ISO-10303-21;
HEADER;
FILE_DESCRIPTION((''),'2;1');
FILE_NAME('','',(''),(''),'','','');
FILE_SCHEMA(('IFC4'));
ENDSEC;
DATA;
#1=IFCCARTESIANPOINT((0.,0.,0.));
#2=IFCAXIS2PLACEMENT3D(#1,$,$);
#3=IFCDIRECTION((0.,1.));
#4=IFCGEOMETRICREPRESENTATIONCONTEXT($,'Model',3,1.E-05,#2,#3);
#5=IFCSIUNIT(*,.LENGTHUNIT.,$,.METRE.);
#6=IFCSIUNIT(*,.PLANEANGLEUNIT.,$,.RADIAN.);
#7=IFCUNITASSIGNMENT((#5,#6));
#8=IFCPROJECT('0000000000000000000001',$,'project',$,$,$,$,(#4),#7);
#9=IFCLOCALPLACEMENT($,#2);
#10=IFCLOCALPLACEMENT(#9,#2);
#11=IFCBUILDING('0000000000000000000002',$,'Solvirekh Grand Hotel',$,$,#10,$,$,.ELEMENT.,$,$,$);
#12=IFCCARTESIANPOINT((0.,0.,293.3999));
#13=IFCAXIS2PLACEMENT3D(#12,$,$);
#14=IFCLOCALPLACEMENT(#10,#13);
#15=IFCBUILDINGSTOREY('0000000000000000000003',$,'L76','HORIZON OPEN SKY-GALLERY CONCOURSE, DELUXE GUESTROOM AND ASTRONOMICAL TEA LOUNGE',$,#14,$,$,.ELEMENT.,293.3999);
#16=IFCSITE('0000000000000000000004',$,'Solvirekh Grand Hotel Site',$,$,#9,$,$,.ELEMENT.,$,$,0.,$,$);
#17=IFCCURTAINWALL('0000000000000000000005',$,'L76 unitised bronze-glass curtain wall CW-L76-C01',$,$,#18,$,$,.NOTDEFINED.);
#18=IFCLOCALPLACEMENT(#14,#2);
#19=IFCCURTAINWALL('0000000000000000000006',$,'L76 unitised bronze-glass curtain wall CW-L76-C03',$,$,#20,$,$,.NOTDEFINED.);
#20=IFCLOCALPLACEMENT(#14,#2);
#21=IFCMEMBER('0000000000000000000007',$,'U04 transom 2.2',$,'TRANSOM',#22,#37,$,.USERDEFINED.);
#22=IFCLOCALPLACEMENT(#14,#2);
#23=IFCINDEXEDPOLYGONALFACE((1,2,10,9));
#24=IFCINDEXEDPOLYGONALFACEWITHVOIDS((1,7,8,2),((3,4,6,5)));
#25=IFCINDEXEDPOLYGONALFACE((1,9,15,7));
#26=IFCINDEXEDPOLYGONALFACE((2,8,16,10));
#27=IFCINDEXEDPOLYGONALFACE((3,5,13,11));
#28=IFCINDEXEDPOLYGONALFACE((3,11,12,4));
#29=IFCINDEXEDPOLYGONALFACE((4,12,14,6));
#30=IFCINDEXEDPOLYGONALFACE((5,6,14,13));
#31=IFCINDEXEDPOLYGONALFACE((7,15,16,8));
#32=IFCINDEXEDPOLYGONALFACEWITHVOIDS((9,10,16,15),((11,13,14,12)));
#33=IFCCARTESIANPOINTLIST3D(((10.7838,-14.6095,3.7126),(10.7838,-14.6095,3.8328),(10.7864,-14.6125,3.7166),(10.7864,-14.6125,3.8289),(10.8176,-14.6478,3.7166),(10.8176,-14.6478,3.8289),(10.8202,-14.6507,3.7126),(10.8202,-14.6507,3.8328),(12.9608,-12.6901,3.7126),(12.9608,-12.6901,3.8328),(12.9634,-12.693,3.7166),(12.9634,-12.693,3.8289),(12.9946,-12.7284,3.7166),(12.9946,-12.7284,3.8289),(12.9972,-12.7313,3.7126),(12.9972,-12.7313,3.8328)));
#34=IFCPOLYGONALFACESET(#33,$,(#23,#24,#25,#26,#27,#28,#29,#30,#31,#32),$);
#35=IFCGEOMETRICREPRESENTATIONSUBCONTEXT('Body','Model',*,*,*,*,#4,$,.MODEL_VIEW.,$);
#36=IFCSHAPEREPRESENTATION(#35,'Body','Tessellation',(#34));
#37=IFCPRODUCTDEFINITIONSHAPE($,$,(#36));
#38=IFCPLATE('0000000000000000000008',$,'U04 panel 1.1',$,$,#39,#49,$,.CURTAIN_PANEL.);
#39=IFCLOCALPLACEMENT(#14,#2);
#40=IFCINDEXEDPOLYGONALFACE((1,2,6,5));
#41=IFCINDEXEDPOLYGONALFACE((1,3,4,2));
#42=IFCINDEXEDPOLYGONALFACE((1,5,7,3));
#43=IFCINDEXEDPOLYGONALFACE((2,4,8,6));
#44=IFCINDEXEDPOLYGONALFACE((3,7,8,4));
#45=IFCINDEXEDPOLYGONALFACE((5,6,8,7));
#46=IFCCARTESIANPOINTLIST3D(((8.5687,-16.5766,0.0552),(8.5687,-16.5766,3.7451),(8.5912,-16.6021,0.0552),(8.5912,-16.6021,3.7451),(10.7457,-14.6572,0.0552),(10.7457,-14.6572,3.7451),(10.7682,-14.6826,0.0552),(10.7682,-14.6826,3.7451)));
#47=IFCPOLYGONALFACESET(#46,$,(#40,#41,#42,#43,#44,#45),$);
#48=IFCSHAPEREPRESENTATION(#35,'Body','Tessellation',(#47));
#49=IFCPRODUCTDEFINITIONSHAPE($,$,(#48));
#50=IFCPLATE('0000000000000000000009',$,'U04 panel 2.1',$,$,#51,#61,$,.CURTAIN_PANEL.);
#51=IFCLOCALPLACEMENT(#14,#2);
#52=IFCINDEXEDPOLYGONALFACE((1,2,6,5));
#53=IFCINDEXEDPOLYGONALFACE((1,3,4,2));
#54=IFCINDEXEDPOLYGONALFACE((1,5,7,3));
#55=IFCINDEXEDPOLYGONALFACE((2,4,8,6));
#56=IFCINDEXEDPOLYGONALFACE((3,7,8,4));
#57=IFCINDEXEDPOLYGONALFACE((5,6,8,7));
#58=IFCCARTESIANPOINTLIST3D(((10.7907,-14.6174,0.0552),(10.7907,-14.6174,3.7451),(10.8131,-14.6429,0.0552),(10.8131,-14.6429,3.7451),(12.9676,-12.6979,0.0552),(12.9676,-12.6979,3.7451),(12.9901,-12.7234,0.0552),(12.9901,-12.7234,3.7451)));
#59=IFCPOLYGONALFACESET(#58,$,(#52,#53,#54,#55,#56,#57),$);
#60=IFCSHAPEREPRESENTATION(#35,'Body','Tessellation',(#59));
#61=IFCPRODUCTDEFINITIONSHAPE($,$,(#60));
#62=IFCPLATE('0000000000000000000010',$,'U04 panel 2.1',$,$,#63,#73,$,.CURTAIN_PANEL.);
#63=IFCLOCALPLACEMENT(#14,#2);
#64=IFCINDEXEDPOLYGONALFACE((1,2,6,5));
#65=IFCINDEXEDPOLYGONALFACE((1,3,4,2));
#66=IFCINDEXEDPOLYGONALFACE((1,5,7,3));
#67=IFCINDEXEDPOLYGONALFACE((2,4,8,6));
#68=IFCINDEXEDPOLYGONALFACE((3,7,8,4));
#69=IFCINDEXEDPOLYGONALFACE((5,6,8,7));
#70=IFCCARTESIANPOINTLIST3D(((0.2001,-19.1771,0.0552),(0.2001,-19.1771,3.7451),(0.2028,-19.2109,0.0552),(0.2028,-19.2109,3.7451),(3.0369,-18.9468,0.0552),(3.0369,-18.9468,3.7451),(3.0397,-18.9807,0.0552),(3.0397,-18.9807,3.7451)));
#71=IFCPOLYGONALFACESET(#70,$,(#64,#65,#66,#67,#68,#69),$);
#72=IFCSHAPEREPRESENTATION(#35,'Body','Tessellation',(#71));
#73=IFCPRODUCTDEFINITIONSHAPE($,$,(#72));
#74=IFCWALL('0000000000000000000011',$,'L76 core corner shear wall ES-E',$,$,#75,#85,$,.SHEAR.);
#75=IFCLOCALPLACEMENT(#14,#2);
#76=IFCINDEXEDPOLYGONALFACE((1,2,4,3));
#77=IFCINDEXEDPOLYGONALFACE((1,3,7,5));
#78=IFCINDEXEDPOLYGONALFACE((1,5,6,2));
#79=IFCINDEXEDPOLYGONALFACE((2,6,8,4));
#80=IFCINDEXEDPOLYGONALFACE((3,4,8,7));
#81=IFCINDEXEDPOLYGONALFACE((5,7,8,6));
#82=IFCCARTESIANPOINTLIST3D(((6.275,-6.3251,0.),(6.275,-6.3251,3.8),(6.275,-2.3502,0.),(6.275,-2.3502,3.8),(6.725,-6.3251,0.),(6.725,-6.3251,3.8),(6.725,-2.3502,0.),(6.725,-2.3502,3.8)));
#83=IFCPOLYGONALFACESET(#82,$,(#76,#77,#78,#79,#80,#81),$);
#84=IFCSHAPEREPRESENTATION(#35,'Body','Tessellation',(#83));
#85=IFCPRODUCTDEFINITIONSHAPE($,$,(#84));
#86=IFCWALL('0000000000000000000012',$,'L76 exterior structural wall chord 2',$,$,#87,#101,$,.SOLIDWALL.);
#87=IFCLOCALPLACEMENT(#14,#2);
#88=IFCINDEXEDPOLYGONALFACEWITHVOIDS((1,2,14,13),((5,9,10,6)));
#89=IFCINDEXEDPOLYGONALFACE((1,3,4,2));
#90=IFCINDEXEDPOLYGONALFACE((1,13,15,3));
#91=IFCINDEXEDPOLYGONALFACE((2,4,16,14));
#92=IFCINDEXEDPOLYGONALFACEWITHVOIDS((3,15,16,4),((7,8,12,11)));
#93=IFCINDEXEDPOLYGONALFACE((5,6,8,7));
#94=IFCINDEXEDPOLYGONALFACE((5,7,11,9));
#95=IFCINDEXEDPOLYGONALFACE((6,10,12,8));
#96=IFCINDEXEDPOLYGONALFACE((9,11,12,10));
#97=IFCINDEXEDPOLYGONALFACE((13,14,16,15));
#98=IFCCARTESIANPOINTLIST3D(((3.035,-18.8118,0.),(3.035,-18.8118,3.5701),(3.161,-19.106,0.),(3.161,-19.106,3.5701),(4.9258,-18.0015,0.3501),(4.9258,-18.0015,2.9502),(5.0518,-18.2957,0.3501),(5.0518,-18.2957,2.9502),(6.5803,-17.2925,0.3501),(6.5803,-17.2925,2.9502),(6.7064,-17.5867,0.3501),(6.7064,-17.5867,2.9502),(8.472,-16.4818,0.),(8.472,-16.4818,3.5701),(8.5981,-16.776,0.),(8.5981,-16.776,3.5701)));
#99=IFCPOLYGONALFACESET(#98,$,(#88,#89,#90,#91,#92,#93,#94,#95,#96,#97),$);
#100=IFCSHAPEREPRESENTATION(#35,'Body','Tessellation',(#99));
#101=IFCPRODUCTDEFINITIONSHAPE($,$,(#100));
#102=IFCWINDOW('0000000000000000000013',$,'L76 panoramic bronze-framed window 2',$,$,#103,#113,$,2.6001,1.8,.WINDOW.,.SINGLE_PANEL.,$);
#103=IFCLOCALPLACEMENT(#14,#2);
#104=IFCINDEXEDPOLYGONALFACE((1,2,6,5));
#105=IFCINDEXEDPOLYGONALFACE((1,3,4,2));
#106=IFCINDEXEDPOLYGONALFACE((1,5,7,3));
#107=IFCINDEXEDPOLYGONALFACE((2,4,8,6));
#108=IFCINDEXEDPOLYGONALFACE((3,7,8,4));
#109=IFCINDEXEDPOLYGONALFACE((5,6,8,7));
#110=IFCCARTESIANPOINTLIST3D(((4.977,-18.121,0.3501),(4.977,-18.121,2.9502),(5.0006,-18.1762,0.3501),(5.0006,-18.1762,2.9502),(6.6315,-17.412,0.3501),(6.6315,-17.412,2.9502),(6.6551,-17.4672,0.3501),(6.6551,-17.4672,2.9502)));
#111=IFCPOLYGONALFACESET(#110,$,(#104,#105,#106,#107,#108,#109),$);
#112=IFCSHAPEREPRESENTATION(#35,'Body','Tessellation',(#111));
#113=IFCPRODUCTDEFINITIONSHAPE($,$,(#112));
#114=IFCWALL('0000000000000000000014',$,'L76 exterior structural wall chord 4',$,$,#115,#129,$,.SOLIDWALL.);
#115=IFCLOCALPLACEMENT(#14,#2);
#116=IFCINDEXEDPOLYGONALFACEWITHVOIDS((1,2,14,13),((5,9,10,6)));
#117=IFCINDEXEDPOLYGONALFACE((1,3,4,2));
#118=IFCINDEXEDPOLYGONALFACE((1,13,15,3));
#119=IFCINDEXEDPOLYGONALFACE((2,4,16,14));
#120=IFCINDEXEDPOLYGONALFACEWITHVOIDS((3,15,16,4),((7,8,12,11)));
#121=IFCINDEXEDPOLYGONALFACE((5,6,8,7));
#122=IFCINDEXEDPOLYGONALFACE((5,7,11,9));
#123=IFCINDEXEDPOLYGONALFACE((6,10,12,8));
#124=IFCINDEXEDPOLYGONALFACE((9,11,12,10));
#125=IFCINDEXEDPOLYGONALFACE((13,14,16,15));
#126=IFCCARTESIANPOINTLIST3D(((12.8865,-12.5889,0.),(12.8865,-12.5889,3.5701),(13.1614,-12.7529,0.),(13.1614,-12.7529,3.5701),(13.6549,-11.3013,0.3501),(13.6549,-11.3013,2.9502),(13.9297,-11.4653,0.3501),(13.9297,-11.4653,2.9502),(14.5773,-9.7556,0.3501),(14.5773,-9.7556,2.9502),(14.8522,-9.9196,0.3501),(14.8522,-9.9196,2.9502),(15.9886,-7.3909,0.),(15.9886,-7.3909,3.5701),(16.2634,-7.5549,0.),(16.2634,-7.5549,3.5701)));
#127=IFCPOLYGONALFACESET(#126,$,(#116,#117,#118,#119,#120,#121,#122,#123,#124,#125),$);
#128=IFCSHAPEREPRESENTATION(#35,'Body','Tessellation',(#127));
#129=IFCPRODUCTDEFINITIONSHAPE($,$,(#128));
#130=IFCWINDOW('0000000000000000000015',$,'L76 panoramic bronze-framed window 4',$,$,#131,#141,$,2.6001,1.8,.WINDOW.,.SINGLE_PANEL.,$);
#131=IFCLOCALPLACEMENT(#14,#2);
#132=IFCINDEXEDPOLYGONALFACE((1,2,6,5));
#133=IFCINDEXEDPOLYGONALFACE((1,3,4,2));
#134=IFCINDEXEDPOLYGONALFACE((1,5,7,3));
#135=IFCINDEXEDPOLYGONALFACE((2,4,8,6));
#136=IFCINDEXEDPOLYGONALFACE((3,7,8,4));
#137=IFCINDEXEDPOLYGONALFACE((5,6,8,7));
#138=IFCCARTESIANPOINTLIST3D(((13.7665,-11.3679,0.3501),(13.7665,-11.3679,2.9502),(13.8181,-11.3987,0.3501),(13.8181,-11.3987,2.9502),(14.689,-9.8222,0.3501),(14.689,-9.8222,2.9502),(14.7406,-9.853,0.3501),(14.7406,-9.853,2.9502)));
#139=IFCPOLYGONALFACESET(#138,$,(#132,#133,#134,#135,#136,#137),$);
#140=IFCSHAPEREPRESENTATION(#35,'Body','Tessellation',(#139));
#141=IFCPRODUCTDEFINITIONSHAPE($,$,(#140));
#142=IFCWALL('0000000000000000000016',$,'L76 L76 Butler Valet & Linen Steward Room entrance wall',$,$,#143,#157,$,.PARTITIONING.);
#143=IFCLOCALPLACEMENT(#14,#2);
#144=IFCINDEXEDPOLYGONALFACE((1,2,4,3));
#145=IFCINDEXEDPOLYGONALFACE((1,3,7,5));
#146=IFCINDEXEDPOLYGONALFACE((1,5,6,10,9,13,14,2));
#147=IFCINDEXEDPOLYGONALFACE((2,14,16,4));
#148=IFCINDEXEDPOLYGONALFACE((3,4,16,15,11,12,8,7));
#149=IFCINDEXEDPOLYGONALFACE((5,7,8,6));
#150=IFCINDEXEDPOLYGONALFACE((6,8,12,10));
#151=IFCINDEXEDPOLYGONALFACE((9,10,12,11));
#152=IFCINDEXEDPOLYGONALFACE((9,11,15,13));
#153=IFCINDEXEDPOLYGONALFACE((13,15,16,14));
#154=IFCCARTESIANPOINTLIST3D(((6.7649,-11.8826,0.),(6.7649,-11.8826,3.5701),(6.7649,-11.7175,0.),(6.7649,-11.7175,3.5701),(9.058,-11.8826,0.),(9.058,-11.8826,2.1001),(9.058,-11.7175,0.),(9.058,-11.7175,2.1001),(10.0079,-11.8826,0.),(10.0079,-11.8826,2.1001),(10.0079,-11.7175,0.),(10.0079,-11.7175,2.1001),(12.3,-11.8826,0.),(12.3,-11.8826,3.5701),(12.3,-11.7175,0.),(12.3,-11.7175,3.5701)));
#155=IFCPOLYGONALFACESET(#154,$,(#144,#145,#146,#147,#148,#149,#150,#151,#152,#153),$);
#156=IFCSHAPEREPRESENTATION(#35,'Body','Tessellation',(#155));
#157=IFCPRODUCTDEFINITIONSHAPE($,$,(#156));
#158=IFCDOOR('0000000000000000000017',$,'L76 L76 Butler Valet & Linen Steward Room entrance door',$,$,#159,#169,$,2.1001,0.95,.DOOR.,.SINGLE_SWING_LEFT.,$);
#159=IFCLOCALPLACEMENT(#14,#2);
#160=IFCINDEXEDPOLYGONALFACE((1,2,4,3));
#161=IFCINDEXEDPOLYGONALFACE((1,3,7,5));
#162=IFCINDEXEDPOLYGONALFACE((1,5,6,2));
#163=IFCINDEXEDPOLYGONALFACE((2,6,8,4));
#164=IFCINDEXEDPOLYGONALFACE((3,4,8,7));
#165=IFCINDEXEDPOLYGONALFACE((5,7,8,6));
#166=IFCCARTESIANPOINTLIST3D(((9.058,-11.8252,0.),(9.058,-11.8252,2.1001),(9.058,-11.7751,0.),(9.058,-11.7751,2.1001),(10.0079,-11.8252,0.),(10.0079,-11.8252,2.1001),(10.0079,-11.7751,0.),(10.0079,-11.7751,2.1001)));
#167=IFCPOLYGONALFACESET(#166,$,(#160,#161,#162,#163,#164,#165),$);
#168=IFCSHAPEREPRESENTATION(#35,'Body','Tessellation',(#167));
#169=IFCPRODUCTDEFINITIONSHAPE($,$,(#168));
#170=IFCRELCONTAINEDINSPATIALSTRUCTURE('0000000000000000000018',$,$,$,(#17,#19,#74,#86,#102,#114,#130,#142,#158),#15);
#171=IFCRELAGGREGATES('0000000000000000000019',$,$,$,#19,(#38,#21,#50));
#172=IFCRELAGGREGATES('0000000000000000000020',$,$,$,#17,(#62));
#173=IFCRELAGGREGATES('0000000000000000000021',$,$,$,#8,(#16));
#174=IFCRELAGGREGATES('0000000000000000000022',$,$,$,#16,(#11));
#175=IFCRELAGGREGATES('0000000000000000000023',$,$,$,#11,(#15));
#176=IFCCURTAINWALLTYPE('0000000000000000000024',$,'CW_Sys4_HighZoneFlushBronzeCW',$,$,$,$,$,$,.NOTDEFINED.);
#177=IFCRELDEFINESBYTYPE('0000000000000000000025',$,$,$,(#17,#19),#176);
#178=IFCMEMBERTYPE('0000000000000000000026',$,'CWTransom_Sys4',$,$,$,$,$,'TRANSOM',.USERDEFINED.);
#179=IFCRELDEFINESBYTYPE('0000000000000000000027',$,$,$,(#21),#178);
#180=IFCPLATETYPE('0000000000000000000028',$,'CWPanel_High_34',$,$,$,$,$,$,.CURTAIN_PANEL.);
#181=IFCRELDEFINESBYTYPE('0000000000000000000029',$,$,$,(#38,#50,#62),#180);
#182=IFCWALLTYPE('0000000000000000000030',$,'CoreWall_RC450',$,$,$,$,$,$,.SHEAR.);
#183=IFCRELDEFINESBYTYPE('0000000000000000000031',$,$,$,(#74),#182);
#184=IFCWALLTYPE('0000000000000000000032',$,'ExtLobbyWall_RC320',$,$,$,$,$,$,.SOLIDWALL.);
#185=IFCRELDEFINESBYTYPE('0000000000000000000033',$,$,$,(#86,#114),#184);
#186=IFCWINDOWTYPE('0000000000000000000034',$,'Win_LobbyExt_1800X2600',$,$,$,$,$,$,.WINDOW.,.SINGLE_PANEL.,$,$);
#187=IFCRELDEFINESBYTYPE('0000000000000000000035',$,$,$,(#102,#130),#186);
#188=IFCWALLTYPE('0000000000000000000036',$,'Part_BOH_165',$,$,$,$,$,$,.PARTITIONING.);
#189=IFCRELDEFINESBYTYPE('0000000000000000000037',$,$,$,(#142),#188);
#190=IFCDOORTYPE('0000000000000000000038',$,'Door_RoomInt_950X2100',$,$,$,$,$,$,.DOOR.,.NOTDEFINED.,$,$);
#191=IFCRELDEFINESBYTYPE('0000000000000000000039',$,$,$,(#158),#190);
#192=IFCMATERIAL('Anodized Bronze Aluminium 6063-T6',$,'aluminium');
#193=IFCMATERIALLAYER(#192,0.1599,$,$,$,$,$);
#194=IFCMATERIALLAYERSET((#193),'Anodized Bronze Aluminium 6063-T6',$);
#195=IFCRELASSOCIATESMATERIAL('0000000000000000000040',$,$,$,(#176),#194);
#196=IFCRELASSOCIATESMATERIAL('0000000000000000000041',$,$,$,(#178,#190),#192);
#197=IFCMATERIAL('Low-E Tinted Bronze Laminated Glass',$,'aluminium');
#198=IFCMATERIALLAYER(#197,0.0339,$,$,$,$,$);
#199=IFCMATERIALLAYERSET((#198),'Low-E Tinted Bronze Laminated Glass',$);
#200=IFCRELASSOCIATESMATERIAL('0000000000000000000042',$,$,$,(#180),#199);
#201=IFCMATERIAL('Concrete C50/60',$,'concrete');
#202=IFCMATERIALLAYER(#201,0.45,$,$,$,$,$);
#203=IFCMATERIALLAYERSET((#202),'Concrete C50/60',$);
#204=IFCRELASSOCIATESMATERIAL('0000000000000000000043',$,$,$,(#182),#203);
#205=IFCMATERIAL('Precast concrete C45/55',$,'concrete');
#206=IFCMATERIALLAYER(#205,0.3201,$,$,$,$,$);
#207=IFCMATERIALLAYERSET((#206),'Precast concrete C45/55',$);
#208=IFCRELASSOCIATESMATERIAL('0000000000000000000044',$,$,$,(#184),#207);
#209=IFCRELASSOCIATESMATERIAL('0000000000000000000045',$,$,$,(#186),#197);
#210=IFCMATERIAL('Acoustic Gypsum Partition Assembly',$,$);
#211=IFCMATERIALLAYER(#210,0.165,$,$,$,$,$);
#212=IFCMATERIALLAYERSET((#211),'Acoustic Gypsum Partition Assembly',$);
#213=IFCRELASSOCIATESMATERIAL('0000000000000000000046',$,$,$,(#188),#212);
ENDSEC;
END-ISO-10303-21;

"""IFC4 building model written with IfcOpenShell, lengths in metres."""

from ifc_helpers import new_model, si_unit, direction, frame, frame_2d, origin, origin_2d, place, context, subcontext, project, spatial, rectangle, hollow_rectangle, extrude, source, transform, mapped, material, layer, layer_set, material_profile, profile_set, type_object, element, fill, aggregate, save


model = new_model("IFC4")

# Units and contexts
model_context = context("Model", 3, precision=1e-05, world=origin(), true_north=direction((0.0, 1.0)))
body_context = subcontext(model_context, "Body", "Model", "MODEL_VIEW")
ifc_project = project(units=[si_unit("LENGTHUNIT", "METRE"), si_unit("PLANEANGLEUNIT", "RADIAN")], contexts=[model_context])

# Site, building, storey
site_placement = place(None, origin())
site = spatial("IfcSite", under=ifc_project, at=site_placement, Name="Solvirekh Grand Hotel Site", CompositionType="ELEMENT", RefElevation=0.0)
building_placement = place(site_placement, origin())
building = spatial("IfcBuilding", under=site, at=building_placement, Name="Solvirekh Grand Hotel", CompositionType="ELEMENT")
storey_placement = place(building_placement, frame((0.0, 0.0, 293.3999)))
storey = spatial("IfcBuildingStorey", under=building, at=storey_placement, Name="L76", Description="HORIZON OPEN SKY-GALLERY CONCOURSE, DELUXE GUESTROOM AND ASTRONOMICAL TEA LOUNGE", CompositionType="ELEMENT", Elevation=293.3999)

# Shared definitions
ifc_material_1 = material(Name="Concrete C50/60", Category="concrete")

# Curtain walls
ifc_material_2 = material(Name="Anodized Bronze Aluminium 6063-T6", Category="aluminium")
ifc_layer_1 = layer(ifc_material_2, 0.1599)
ifc_layer_set_1 = layer_set([ifc_layer_1], Name="Anodized Bronze Aluminium 6063-T6")
curtain_wall_type = type_object("IfcCurtainWallType", Name="CW_Sys4_HighZoneFlushBronzeCW", PredefinedType="NOTDEFINED", material=ifc_layer_set_1)
curtain_wall_1_placement = place(storey_placement, origin())
curtain_wall_1 = element("IfcCurtainWall", 1, at=curtain_wall_1_placement, inside=storey, type_object=curtain_wall_type, Name="L76 unitised bronze-glass curtain wall CW-L76-C01", PredefinedType="NOTDEFINED")
curtain_wall_2_placement = place(storey_placement, origin())
curtain_wall_2 = element("IfcCurtainWall", 2, at=curtain_wall_2_placement, inside=storey, type_object=curtain_wall_type, Name="L76 unitised bronze-glass curtain wall CW-L76-C03", PredefinedType="NOTDEFINED")

# Member
ifc_material_profile_1 = material_profile(ifc_material_2, hollow_rectangle(XDim=0.0549, YDim=0.1201, WallThickness=0.0039, at=origin_2d()), Name="ALU RHS 120X55X4")
ifc_profile_set_1 = profile_set([ifc_material_profile_1], Name="Anodized Bronze Aluminium 6063-T6")
member_type_1 = type_object("IfcMemberType", Name="CWTransom_Sys4", ElementType="TRANSOM", PredefinedType="USERDEFINED", material=ifc_profile_set_1)
shared_shape_1 = source(origin(), body_context, "Body", "SweptSolid", [
    extrude(hollow_rectangle(XDim=0.0549, YDim=0.1201, WallThickness=0.0039, at=origin_2d()), origin(), (0.0, 0.0, 1.0), 2.9023),
])
member_1_placement = place(storey_placement, frame((10.802, -14.6301, 3.7727), z_axis=(0.750086, 0.661341, 0.0), x_axis=(-0.661341, 0.750086, 0.0)))
member_1 = element("IfcMember", 3, at=member_1_placement, type_object=member_type_1, Name="U04 transom 2.2", ObjectType="TRANSOM", PredefinedType="USERDEFINED", context=body_context, shape_type="MappedRepresentation", body=[
    mapped(shared_shape_1, transform((0.0, 0.0, 0.0), x_axis=(1.0, 0.0, 0.0), y_axis=(0.0, 1.0, 0.0), z_axis=(0.0, 0.0, 1.0), scale=1.0)),
])

# Plates
ifc_material_3 = material(Name="Low-E Tinted Bronze Laminated Glass", Category="aluminium")
ifc_layer_2 = layer(ifc_material_3, 0.0339)
ifc_layer_set_2 = layer_set([ifc_layer_2], Name="Low-E Tinted Bronze Laminated Glass")
plate_type = type_object("IfcPlateType", Name="CWPanel_High_34", PredefinedType="CURTAIN_PANEL", material=ifc_layer_set_2)
shared_shape_2 = source(origin(), body_context, "Body", "SweptSolid", [
    extrude(rectangle(XDim=2.9023, YDim=0.0339, at=origin_2d()), origin(), (0.0, 0.0, 1.0), 3.6899),
])
plate_1_placement = place(storey_placement, frame((9.6685, -15.6296, 0.0552), z_axis=(0.0, 0.0, 1.0), x_axis=(0.750077, 0.661351, 0.0)))
plate_1 = element("IfcPlate", 4, at=plate_1_placement, type_object=plate_type, Name="U04 panel 1.1", PredefinedType="CURTAIN_PANEL", context=body_context, shape_type="MappedRepresentation", body=[
    mapped(shared_shape_2, transform((0.0, 0.0, 0.0), x_axis=(1.0, 0.0, 0.0), y_axis=(0.0, 1.0, 0.0), z_axis=(0.0, 0.0, 1.0), scale=1.0)),
])
plate_2_placement = place(storey_placement, frame((11.8904, -13.6704, 0.0552), z_axis=(0.0, 0.0, 1.0), x_axis=(0.750077, 0.661351, 0.0)))
plate_2 = element("IfcPlate", 5, at=plate_2_placement, type_object=plate_type, Name="U04 panel 2.1", PredefinedType="CURTAIN_PANEL", context=body_context, shape_type="MappedRepresentation", body=[
    mapped(shared_shape_2, transform((0.0, 0.0, 0.0), x_axis=(1.0, 0.0, 0.0), y_axis=(0.0, 1.0, 0.0), z_axis=(0.0, 0.0, 1.0), scale=1.0)),
])
aggregate(curtain_wall_2, [plate_1, member_1, plate_2])
shared_shape_3 = source(origin(), body_context, "Body", "SweptSolid", [
    extrude(rectangle(XDim=2.8462, YDim=0.0339, at=origin_2d()), origin(), (0.0, 0.0, 1.0), 3.6899),
])
plate_3_placement = place(storey_placement, frame((1.6199, -19.0789, 0.0552), z_axis=(0.0, 0.0, 1.0), x_axis=(0.996723, 0.080889, 0.0)))
plate_3 = element("IfcPlate", 6, at=plate_3_placement, type_object=plate_type, Name="U04 panel 2.1", PredefinedType="CURTAIN_PANEL", context=body_context, shape_type="MappedRepresentation", body=[
    mapped(shared_shape_3, transform((0.0, 0.0, 0.0), x_axis=(1.0, 0.0, 0.0), y_axis=(0.0, 1.0, 0.0), z_axis=(0.0, 0.0, 1.0), scale=1.0)),
])
aggregate(curtain_wall_1, [plate_3])

# Wall
ifc_layer_3 = layer(ifc_material_1, 0.45)
ifc_layer_set_3 = layer_set([ifc_layer_3], Name="Concrete C50/60")
wall_type_1 = type_object("IfcWallType", Name="CoreWall_RC450", PredefinedType="SHEAR", material=ifc_layer_set_3)
wall_1_placement = place(storey_placement, frame((6.5, -6.325, 0.0), z_axis=(0.0, 0.0, 1.0), x_axis=(0.0, 1.0, 0.0)))
element("IfcWall", 7, at=wall_1_placement, inside=storey, type_object=wall_type_1, Name="L76 core corner shear wall ES-E", PredefinedType="SHEAR", context=body_context, shape_type="SweptSolid", body=[
    extrude(rectangle(XDim=3.9749, YDim=0.45, at=frame_2d((1.9873, 0.0))), origin(), (0.0, 0.0, 1.0), 3.8),
])

# Walls, openings, windows
ifc_material_4 = material(Name="Precast concrete C45/55", Category="concrete")
ifc_layer_4 = layer(ifc_material_4, 0.3201)
ifc_layer_set_4 = layer_set([ifc_layer_4], Name="Precast concrete C45/55")
wall_type_2 = type_object("IfcWallType", Name="ExtLobbyWall_RC320", PredefinedType="SOLIDWALL", material=ifc_layer_set_4)
wall_2_placement = place(storey_placement, frame((8.5349, -16.6289, 0.0), z_axis=(0.0, 0.0, 1.0), x_axis=(-0.919149, -0.393909, 0.0)))
wall_2 = element("IfcWall", 8, at=wall_2_placement, inside=storey, type_object=wall_type_2, Name="L76 exterior structural wall chord 2", PredefinedType="SOLIDWALL", context=body_context, shape_type="SweptSolid", body=[
    extrude(rectangle(XDim=5.9153, YDim=0.3201, at=frame_2d((2.9575, 0.0))), origin(), (0.0, 0.0, 1.0), 3.5701),
])
opening_1_placement = place(wall_2_placement, frame((2.0581, 0.0, 0.3501)))
opening_1 = element("IfcOpeningElement", 9, at=opening_1_placement, cuts=wall_2, PredefinedType="OPENING", context=body_context, shape_type="SweptSolid", body=[
    extrude(rectangle(XDim=1.8, YDim=2.6001, at=frame_2d((0.8999, 1.3))), frame((0.0, 0.1699, 0.0), z_axis=(0.0, -1.0, 0.0), x_axis=(1.0, 0.0, 0.0)), (0.0, 0.0, 1.0), 0.3401),
])
window_type = type_object("IfcWindowType", Name="Win_LobbyExt_1800X2600", PartitioningType="SINGLE_PANEL", PredefinedType="WINDOW", material=ifc_material_3)
window_1_placement = place(opening_1_placement, origin())
window_1 = element("IfcWindow", 10, at=window_1_placement, inside=storey, type_object=window_type, Name="L76 panoramic bronze-framed window 2", OverallHeight=2.6001, OverallWidth=1.8, PartitioningType="SINGLE_PANEL", PredefinedType="WINDOW", context=body_context, shape_type="SweptSolid", body=[
    extrude(rectangle(XDim=1.8, YDim=2.6001, at=frame_2d((0.8999, 1.3))), frame((0.0, 0.03, 0.0), z_axis=(0.0, -1.0, 0.0), x_axis=(1.0, 0.0, 0.0)), (0.0, 0.0, 1.0), 0.0601),
])
fill(opening_1, window_1)
wall_3_placement = place(storey_placement, frame((16.126, -7.4729, 0.0), z_axis=(0.0, 0.0, 1.0), x_axis=(-0.51246, -0.858711, 0.0)))
wall_3 = element("IfcWall", 11, at=wall_3_placement, inside=storey, type_object=wall_type_2, Name="L76 exterior structural wall chord 4", PredefinedType="SOLIDWALL", context=body_context, shape_type="SweptSolid", body=[
    extrude(rectangle(XDim=6.0532, YDim=0.3201, at=frame_2d((3.0266, 0.0))), origin(), (0.0, 0.0, 1.0), 3.5701),
])
opening_2_placement = place(wall_3_placement, frame((2.7539, 0.0, 0.3501)))
opening_2 = element("IfcOpeningElement", 12, at=opening_2_placement, cuts=wall_3, PredefinedType="OPENING", context=body_context, shape_type="SweptSolid", body=[
    extrude(rectangle(XDim=1.8, YDim=2.6001, at=frame_2d((0.8999, 1.3))), frame((0.0, 0.1699, 0.0), z_axis=(0.0, -1.0, 0.0), x_axis=(1.0, 0.0, 0.0)), (0.0, 0.0, 1.0), 0.3401),
])
window_2_placement = place(opening_2_placement, origin())
window_2 = element("IfcWindow", 13, at=window_2_placement, inside=storey, type_object=window_type, Name="L76 panoramic bronze-framed window 4", OverallHeight=2.6001, OverallWidth=1.8, PartitioningType="SINGLE_PANEL", PredefinedType="WINDOW", context=body_context, shape_type="SweptSolid", body=[
    extrude(rectangle(XDim=1.8, YDim=2.6001, at=frame_2d((0.8999, 1.3))), frame((0.0, 0.03, 0.0), z_axis=(0.0, -1.0, 0.0), x_axis=(1.0, 0.0, 0.0)), (0.0, 0.0, 1.0), 0.0601),
])
fill(opening_2, window_2)

# Wall, opening, door
ifc_material_5 = material(Name="Acoustic Gypsum Partition Assembly")
ifc_layer_5 = layer(ifc_material_5, 0.165)
ifc_layer_set_5 = layer_set([ifc_layer_5], Name="Acoustic Gypsum Partition Assembly")
wall_type_3 = type_object("IfcWallType", Name="Part_BOH_165", PredefinedType="PARTITIONING", material=ifc_layer_set_5)
wall_4_placement = place(storey_placement, frame((6.7649, -11.8, 0.0), z_axis=(0.0, 0.0, 1.0), x_axis=(1.0, 0.0, 0.0)))
wall_4 = element("IfcWall", 14, at=wall_4_placement, inside=storey, type_object=wall_type_3, Name="L76 L76 Butler Valet & Linen Steward Room entrance wall", PredefinedType="PARTITIONING", context=body_context, shape_type="SweptSolid", body=[
    extrude(rectangle(XDim=5.5352, YDim=0.165, at=frame_2d((2.7676, 0.0))), origin(), (0.0, 0.0, 1.0), 3.5701),
])
opening_3_placement = place(wall_4_placement, frame((2.293, 0.0, 0.0)))
opening_3 = element("IfcOpeningElement", 15, at=opening_3_placement, cuts=wall_4, PredefinedType="OPENING", context=body_context, shape_type="SweptSolid", body=[
    extrude(rectangle(XDim=0.95, YDim=2.1001, at=frame_2d((0.4751, 1.05))), frame((0.0, 0.0925, 0.0), z_axis=(0.0, -1.0, 0.0), x_axis=(1.0, 0.0, 0.0)), (0.0, 0.0, 1.0), 0.1851),
])
door_type = type_object("IfcDoorType", Name="Door_RoomInt_950X2100", OperationType="NOTDEFINED", PredefinedType="DOOR", material=ifc_material_2)
door_1_placement = place(opening_3_placement, origin())
door_1 = element("IfcDoor", 16, at=door_1_placement, inside=storey, type_object=door_type, Name="L76 L76 Butler Valet & Linen Steward Room entrance door", OperationType="SINGLE_SWING_LEFT", OverallHeight=2.1001, OverallWidth=0.95, PredefinedType="DOOR", context=body_context, shape_type="SweptSolid", body=[
    extrude(rectangle(XDim=0.95, YDim=2.1001, at=frame_2d((0.4751, 1.05))), frame((0.0, 0.0249, 0.0), z_axis=(0.0, -1.0, 0.0), x_axis=(1.0, 0.0, 0.0)), (0.0, 0.0, 1.0), 0.05),
])
fill(opening_3, door_1)

save(model, "model.ifc")
